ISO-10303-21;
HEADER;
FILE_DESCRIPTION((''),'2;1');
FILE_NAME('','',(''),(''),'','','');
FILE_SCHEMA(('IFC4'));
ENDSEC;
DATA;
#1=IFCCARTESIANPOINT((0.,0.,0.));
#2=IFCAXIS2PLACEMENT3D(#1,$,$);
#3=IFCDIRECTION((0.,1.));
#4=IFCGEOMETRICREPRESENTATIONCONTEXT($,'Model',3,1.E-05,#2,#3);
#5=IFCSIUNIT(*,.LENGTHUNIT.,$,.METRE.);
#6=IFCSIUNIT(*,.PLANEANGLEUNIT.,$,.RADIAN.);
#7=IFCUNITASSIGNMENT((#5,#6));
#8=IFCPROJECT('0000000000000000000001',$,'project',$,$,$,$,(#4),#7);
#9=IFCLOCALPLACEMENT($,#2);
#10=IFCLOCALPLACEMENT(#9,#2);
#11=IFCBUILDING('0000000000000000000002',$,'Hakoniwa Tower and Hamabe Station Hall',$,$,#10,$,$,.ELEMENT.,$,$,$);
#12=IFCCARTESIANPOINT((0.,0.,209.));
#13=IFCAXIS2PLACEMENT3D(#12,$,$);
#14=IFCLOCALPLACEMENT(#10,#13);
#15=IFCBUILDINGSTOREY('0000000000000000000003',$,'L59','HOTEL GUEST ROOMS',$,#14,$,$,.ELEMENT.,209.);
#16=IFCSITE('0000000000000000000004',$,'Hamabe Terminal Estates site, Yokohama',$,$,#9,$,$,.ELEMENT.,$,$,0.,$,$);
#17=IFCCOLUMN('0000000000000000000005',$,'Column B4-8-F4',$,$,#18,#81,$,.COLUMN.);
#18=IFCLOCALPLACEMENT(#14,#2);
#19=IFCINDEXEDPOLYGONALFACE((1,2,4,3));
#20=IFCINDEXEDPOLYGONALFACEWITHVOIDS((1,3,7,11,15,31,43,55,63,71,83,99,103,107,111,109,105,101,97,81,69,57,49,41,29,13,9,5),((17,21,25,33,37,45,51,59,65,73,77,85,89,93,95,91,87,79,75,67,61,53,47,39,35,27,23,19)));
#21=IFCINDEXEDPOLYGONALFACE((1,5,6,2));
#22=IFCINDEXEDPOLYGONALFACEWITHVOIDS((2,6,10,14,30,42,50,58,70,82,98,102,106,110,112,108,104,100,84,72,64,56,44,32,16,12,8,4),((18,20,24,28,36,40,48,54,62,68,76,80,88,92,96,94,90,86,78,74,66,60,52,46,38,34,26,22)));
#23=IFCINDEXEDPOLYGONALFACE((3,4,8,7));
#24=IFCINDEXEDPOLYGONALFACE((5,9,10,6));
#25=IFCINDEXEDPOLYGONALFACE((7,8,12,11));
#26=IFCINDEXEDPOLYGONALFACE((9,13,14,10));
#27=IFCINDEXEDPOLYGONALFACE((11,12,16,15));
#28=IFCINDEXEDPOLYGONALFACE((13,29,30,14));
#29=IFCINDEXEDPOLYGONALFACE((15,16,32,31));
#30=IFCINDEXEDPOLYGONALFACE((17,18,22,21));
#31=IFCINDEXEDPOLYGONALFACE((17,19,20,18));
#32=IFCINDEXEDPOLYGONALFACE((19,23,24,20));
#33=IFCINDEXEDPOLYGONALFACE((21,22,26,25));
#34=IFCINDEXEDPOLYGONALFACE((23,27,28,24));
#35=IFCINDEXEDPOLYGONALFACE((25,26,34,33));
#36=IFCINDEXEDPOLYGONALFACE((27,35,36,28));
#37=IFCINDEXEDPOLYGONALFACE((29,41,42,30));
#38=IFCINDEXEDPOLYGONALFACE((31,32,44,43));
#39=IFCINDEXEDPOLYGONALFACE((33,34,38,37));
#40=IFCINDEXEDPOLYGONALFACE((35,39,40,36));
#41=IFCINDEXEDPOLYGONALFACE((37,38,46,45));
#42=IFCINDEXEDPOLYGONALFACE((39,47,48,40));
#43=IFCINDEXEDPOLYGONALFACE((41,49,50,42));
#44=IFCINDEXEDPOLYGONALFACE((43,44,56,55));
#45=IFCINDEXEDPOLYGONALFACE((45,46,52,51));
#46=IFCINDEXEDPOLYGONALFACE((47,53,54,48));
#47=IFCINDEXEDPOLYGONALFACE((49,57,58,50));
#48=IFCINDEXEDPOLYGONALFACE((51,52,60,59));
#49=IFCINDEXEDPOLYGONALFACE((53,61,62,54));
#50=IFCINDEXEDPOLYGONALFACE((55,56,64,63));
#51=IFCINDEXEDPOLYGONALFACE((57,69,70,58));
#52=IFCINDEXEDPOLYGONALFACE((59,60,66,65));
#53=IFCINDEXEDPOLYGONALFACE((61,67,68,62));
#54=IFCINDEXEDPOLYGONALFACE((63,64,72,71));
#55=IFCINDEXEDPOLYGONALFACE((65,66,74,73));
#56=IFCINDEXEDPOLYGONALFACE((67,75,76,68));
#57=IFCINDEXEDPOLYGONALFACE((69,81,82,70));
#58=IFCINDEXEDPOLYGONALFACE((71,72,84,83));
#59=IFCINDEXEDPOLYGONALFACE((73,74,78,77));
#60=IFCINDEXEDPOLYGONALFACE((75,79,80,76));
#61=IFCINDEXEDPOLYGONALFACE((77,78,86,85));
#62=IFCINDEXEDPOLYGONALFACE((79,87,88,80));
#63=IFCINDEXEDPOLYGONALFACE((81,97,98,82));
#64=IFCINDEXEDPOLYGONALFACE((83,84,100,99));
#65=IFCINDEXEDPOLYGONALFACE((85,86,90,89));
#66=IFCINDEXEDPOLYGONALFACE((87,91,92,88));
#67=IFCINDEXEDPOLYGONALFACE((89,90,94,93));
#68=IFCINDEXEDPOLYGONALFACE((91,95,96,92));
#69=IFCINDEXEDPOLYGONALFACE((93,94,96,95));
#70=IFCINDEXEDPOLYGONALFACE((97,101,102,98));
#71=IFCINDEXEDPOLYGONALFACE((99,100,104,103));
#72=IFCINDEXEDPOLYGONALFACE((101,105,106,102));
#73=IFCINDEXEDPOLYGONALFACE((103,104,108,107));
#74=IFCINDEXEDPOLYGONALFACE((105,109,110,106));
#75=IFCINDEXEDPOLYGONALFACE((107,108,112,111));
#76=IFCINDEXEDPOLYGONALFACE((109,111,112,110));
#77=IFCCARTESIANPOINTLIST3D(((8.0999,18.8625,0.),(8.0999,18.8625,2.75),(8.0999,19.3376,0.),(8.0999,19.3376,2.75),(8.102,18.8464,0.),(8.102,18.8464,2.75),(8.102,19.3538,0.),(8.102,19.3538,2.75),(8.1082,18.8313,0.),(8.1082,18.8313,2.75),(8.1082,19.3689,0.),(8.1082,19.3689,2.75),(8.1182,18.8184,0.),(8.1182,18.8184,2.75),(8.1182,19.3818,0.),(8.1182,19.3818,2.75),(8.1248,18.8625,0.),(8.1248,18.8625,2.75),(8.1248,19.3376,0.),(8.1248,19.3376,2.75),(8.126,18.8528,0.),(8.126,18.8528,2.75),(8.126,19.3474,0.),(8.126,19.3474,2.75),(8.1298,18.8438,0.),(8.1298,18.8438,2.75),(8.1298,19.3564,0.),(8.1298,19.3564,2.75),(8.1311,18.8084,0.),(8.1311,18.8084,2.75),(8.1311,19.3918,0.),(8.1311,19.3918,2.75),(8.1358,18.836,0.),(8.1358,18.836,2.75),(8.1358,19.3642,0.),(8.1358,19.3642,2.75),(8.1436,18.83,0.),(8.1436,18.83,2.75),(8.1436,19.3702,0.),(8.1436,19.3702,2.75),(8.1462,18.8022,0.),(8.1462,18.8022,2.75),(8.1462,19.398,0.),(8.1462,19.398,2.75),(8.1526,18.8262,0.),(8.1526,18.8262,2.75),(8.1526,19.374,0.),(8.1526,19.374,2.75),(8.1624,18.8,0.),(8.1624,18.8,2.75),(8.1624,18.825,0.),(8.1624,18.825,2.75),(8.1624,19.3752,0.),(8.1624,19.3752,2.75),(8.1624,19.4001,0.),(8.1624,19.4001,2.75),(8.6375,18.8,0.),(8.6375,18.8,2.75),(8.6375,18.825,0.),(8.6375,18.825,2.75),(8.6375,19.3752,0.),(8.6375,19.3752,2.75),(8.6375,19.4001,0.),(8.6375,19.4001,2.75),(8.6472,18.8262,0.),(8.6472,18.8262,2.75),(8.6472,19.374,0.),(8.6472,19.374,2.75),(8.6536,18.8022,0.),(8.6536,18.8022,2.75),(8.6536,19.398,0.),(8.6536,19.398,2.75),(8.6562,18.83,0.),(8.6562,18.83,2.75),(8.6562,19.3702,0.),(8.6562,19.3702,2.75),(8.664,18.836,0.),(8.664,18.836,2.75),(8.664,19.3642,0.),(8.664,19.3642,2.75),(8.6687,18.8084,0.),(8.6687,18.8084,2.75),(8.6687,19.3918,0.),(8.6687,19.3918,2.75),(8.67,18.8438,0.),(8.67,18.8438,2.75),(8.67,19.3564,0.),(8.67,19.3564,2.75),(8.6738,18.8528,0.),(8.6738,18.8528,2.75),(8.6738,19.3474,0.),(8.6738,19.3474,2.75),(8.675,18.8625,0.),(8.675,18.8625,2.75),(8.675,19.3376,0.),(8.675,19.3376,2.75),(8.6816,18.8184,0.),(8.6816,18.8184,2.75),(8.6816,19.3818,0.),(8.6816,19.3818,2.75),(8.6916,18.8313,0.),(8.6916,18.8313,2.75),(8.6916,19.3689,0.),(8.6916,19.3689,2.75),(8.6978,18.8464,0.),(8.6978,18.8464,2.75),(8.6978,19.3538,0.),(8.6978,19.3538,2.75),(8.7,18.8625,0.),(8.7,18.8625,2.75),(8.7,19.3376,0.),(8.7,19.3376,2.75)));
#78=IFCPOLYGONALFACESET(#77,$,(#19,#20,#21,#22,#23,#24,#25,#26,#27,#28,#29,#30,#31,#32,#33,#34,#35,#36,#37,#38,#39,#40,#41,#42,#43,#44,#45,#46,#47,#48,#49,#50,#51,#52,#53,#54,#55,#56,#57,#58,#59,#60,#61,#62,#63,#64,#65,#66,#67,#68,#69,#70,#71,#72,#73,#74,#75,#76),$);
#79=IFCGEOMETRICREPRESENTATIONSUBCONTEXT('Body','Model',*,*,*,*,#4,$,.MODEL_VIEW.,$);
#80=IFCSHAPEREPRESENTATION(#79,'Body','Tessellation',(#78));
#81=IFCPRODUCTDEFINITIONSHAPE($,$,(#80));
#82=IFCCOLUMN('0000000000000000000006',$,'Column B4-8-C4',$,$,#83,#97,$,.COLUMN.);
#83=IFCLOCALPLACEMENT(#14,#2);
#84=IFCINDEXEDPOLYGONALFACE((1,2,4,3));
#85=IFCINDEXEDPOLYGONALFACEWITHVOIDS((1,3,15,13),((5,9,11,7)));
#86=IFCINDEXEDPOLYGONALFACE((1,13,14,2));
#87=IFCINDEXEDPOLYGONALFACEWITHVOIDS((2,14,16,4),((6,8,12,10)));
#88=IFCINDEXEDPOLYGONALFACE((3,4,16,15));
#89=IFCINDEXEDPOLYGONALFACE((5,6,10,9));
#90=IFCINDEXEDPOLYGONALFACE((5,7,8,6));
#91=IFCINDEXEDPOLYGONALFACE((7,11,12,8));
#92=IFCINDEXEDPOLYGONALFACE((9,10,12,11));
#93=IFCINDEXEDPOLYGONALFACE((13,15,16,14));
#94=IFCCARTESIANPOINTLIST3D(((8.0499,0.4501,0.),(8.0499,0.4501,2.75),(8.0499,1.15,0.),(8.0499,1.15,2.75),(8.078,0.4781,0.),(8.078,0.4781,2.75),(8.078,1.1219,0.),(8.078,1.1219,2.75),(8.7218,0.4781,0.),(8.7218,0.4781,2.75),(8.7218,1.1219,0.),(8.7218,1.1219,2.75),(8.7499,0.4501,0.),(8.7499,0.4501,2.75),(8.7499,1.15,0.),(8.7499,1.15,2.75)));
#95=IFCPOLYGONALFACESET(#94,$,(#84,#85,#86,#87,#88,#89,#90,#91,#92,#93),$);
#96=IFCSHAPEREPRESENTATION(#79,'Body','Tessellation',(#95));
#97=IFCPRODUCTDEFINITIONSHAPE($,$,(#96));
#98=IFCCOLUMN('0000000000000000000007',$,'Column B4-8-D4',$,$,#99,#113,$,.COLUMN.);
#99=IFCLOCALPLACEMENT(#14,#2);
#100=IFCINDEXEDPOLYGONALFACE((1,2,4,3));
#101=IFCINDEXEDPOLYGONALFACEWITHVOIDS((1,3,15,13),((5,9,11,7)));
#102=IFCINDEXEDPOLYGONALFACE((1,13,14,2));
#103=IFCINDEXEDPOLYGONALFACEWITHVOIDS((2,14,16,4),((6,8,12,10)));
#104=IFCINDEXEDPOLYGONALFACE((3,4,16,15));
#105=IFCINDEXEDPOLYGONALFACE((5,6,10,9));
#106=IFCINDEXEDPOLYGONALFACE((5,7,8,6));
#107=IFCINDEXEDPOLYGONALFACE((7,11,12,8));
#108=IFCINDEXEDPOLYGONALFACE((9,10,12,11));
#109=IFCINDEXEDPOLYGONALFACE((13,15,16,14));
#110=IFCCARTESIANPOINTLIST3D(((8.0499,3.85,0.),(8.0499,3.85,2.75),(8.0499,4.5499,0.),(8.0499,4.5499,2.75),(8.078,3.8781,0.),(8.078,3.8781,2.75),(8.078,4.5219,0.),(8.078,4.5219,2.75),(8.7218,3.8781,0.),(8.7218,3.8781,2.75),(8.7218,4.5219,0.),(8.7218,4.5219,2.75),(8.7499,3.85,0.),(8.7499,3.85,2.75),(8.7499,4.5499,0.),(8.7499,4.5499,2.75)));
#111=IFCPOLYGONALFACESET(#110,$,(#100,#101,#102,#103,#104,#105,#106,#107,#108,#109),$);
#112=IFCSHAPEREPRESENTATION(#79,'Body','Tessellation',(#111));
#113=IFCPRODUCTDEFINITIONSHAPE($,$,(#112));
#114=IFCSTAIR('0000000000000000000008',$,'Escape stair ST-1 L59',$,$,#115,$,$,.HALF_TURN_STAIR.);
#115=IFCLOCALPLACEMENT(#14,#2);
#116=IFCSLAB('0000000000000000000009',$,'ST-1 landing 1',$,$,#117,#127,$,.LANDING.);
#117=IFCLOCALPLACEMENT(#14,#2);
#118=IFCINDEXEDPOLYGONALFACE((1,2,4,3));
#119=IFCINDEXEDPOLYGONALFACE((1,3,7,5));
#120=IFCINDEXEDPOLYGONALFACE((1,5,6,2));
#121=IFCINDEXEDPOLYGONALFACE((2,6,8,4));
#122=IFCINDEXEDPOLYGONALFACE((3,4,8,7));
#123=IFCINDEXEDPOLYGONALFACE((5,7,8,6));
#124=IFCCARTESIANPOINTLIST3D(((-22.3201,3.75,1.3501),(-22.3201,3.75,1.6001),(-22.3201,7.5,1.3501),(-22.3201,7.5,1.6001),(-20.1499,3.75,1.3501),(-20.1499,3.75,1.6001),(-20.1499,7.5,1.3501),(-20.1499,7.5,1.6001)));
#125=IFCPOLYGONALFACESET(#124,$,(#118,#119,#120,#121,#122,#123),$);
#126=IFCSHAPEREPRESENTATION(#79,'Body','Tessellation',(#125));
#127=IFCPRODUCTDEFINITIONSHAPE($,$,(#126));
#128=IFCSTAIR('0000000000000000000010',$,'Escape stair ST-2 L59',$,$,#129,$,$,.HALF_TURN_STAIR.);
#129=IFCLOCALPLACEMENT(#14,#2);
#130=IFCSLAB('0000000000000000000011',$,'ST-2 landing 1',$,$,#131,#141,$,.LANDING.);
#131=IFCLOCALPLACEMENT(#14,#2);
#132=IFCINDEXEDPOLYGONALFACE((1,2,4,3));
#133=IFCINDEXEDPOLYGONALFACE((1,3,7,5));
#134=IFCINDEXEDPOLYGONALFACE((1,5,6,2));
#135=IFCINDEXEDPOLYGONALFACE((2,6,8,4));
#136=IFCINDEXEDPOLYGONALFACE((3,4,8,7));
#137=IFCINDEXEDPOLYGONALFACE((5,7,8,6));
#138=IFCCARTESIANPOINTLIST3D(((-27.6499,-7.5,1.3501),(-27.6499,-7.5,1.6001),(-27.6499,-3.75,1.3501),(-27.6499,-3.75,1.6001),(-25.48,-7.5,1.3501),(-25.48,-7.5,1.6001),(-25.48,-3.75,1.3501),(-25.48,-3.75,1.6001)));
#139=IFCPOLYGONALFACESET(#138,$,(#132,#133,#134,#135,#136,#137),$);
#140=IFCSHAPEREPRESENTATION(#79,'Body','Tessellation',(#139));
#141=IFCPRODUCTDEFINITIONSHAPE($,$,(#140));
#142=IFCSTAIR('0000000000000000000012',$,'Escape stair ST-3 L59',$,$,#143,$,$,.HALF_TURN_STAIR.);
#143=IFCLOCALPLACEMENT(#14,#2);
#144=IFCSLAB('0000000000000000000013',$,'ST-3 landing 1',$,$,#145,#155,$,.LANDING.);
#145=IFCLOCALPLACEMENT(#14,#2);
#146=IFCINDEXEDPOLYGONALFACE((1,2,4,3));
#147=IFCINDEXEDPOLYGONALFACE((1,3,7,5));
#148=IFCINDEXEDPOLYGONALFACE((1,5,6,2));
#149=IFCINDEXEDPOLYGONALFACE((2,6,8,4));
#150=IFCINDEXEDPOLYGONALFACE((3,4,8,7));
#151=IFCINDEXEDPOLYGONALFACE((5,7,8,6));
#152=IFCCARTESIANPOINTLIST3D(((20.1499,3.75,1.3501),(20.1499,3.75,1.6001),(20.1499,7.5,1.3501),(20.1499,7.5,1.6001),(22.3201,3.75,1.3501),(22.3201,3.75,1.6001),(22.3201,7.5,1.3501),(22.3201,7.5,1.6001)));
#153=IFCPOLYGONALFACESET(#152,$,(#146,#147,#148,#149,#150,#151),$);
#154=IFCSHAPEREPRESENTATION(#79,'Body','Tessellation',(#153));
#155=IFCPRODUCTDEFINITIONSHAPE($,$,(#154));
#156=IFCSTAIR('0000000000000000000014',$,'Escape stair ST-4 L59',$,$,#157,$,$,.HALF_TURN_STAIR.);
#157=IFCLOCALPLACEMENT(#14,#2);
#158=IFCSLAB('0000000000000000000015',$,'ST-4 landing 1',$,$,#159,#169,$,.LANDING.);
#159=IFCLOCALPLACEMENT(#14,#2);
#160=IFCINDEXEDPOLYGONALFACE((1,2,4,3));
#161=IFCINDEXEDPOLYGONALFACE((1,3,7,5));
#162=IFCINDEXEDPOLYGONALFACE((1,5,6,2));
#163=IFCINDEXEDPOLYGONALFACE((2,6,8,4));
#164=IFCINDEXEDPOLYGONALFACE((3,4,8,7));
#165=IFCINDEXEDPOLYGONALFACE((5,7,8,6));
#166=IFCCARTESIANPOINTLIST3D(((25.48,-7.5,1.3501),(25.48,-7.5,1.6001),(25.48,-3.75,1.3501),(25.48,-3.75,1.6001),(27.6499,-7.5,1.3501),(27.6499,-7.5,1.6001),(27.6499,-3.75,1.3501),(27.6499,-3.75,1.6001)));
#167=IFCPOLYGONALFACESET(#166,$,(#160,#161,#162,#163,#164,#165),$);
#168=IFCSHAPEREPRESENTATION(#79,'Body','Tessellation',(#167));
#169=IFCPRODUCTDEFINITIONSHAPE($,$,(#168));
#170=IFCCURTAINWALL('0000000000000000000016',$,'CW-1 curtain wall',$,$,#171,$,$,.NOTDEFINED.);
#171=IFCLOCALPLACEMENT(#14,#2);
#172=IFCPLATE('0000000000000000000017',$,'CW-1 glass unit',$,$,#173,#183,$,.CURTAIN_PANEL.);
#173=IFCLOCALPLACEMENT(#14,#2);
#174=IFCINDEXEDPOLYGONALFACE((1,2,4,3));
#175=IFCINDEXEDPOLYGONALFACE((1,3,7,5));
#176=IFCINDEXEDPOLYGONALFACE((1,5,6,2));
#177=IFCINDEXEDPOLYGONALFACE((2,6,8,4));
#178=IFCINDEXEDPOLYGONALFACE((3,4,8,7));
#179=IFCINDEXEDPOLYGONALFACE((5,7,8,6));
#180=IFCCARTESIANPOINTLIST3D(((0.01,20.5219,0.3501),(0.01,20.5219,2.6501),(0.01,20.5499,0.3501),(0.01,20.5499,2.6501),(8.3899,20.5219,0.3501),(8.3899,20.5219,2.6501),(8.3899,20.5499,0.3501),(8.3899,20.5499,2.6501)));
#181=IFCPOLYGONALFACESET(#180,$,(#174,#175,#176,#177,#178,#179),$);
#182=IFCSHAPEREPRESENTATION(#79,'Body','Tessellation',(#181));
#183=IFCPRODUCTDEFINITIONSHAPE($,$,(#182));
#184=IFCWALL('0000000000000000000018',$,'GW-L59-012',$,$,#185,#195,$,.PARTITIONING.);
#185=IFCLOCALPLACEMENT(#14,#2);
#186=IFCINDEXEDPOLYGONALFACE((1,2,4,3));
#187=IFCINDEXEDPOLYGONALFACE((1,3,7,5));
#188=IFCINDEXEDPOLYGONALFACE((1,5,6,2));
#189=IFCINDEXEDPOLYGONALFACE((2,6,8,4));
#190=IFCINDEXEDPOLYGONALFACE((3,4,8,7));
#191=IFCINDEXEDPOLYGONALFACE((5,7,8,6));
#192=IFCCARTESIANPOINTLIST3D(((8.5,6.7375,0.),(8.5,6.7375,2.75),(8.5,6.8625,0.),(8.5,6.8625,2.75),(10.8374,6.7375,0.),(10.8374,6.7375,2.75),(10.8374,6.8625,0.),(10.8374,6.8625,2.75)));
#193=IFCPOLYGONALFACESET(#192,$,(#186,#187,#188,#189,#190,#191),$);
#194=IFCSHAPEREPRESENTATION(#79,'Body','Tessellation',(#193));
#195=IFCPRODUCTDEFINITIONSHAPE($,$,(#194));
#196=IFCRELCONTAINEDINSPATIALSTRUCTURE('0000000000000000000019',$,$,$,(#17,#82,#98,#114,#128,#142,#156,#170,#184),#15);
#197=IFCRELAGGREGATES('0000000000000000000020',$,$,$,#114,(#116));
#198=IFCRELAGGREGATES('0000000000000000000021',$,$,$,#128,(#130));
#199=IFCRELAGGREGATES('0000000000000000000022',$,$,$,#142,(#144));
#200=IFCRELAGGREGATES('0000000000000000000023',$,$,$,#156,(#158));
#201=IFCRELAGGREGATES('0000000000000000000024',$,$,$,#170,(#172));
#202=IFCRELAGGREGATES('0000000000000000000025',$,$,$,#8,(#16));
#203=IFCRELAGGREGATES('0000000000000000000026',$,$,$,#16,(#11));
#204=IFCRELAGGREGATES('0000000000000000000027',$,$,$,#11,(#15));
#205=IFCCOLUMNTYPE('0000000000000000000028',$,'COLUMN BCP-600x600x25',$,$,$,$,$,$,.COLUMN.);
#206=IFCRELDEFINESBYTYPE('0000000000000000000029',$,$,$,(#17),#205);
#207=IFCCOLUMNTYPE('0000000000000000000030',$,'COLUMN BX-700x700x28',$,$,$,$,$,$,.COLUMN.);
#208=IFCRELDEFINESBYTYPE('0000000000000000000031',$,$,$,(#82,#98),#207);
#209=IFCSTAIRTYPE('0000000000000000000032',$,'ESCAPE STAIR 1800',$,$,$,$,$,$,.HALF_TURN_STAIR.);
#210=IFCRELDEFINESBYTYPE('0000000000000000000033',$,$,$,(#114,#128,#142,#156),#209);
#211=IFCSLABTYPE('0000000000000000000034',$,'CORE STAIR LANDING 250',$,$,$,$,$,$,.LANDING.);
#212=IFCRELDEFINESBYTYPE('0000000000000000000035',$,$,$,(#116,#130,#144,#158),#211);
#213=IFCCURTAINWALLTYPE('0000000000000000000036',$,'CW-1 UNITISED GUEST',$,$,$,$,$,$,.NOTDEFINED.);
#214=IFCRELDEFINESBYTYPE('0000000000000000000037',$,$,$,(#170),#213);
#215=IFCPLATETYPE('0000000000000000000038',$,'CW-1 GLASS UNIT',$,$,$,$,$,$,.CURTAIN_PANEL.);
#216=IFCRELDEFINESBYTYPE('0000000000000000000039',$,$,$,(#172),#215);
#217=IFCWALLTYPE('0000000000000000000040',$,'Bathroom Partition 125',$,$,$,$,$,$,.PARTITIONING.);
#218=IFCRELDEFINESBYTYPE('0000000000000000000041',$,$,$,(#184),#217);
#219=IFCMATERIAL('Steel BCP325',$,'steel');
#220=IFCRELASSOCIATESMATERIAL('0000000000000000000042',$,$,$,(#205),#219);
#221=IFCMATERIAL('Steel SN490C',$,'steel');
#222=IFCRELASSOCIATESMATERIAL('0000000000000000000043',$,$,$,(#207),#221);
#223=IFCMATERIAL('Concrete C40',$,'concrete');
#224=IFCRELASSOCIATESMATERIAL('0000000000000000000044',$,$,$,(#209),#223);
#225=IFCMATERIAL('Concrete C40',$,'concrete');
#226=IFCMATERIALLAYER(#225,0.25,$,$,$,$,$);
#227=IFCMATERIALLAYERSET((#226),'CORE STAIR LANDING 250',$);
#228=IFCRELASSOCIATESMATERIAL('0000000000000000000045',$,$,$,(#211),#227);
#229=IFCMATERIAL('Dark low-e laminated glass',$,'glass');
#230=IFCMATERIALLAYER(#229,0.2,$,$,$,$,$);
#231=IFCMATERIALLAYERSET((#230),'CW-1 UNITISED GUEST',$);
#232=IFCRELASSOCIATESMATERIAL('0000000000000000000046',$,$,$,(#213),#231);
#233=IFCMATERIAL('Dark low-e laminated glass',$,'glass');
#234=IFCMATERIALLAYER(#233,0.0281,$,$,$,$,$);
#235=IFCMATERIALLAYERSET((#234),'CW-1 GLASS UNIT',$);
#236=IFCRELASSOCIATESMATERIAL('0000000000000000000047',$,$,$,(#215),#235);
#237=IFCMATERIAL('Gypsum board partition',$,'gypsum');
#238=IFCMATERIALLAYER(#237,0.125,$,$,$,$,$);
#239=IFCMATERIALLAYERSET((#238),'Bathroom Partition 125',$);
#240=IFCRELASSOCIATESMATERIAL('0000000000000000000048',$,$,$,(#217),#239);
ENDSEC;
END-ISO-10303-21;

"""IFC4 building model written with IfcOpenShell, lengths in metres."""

from ifc_helpers import new_model, si_unit, direction, frame, frame_2d, origin, origin_2d, place, context, subcontext, project, spatial, polyline, rectangle, hollow_rectangle, outline, extrude, material, layer, layer_set, material_profile, profile_set, type_object, element, aggregate, save


model = new_model("IFC4")

# Units and contexts
model_context = context("Model", 3, precision=1e-05, world=origin(), true_north=direction((0.0, 1.0)))
body_context = subcontext(model_context, "Body", "Model", "MODEL_VIEW")
ifc_project = project(units=[si_unit("LENGTHUNIT", "METRE"), si_unit("PLANEANGLEUNIT", "RADIAN")], contexts=[model_context])

# Site, building, storey
site_placement = place(None, origin())
site = spatial("IfcSite", under=ifc_project, at=site_placement, Name="Hamabe Terminal Estates site, Yokohama", CompositionType="ELEMENT", RefElevation=0.0)
building_placement = place(site_placement, origin())
building = spatial("IfcBuilding", under=site, at=building_placement, Name="Hakoniwa Tower and Hamabe Station Hall", CompositionType="ELEMENT")
storey_placement = place(building_placement, frame((0.0, 0.0, 209.0)))
storey = spatial("IfcBuildingStorey", under=building, at=storey_placement, Name="L59", Description="HOTEL GUEST ROOMS", CompositionType="ELEMENT", Elevation=209.0)

# Columns
ifc_material_1 = material(Name="Steel BCP325", Category="steel")
ifc_material_profile_1 = material_profile(ifc_material_1, hollow_rectangle(XDim=0.6001, YDim=0.6001, WallThickness=0.0249, InnerFilletRadius=0.0376, OuterFilletRadius=0.0625, at=origin_2d()), Name="BCP-600x600x25")
ifc_profile_set_1 = profile_set([ifc_material_profile_1], Name="Steel BCP325")
column_type_1 = type_object("IfcColumnType", Name="COLUMN BCP-600x600x25", PredefinedType="COLUMN", material=ifc_profile_set_1)
column_placement = place(storey_placement, frame((8.3999, 19.1001, 0.0), z_axis=(0.0, 0.0, 1.0), x_axis=(1.0, 0.0, 0.0)))
element("IfcColumn", 1, at=column_placement, inside=storey, type_object=column_type_1, Name="Column B4-8-F4", PredefinedType="COLUMN", context=body_context, shape_type="SweptSolid", body=[
    extrude(hollow_rectangle(XDim=0.6001, YDim=0.6001, WallThickness=0.0249, InnerFilletRadius=0.0376, OuterFilletRadius=0.0625, at=origin_2d()), origin(), (0.0, 0.0, 1.0), 2.75),
])
ifc_material_2 = material(Name="Steel SN490C", Category="steel")
ifc_material_profile_2 = material_profile(ifc_material_2, hollow_rectangle(XDim=0.7, YDim=0.7, WallThickness=0.0281, at=origin_2d()), Name="BX-700x700x28")
ifc_profile_set_2 = profile_set([ifc_material_profile_2], Name="Steel SN490C")
column_type_2 = type_object("IfcColumnType", Name="COLUMN BX-700x700x28", PredefinedType="COLUMN", material=ifc_profile_set_2)
for number, where, z_axis, x_axis, name in (
    (2, (8.3999, 0.8, 0.0), (0.0, 0.0, 1.0), (1.0, 0.0, 0.0), "Column B4-8-C4"),
    (3, (8.3999, 4.2, 0.0), (0.0, 0.0, 1.0), (1.0, 0.0, 0.0), "Column B4-8-D4"),
):
    element("IfcColumn", number, at=place(storey_placement, frame(where, z_axis=z_axis, x_axis=x_axis)), inside=storey, type_object=column_type_2, Name=name, PredefinedType="COLUMN", context=body_context, shape_type="SweptSolid", body=[
        extrude(hollow_rectangle(XDim=0.7, YDim=0.7, WallThickness=0.0281, at=origin_2d()), origin(), (0.0, 0.0, 1.0), 2.75),
    ])

# Stairs, slabs
ifc_material_3 = material(Name="Concrete C40", Category="concrete")
stair_type = type_object("IfcStairType", Name="ESCAPE STAIR 1800", PredefinedType="HALF_TURN_STAIR", material=ifc_material_3)
stair_1_placement = place(storey_placement, origin())
stair_1 = element("IfcStair", 4, at=stair_1_placement, inside=storey, type_object=stair_type, Name="Escape stair ST-1 L59", PredefinedType="HALF_TURN_STAIR")
ifc_material_4 = material(Name="Concrete C40", Category="concrete")
ifc_layer_1 = layer(ifc_material_4, 0.25)
ifc_layer_set_1 = layer_set([ifc_layer_1], Name="CORE STAIR LANDING 250")
slab_type = type_object("IfcSlabType", Name="CORE STAIR LANDING 250", PredefinedType="LANDING", material=ifc_layer_set_1)
slab_1_placement = place(storey_placement, frame((0.0, 0.0, 1.3501)))
slab_1 = element("IfcSlab", 5, at=slab_1_placement, type_object=slab_type, Name="ST-1 landing 1", PredefinedType="LANDING", context=body_context, shape_type="SweptSolid", body=[
    extrude(outline(polyline([(-22.3201, 3.75), (-20.1499, 3.75), (-20.1499, 7.5), (-22.3201, 7.5), (-22.3201, 3.75)])), origin(), (0.0, 0.0, 1.0), 0.25),
])
aggregate(stair_1, [slab_1])
stair_2_placement = place(storey_placement, origin())
stair_2 = element("IfcStair", 6, at=stair_2_placement, inside=storey, type_object=stair_type, Name="Escape stair ST-2 L59", PredefinedType="HALF_TURN_STAIR")
slab_2_placement = place(storey_placement, frame((0.0, 0.0, 1.3501)))
slab_2 = element("IfcSlab", 7, at=slab_2_placement, type_object=slab_type, Name="ST-2 landing 1", PredefinedType="LANDING", context=body_context, shape_type="SweptSolid", body=[
    extrude(outline(polyline([(-25.48, -7.5), (-27.6499, -7.5), (-27.6499, -3.75), (-25.48, -3.75), (-25.48, -7.5)])), origin(), (0.0, 0.0, 1.0), 0.25),
])
aggregate(stair_2, [slab_2])
stair_3_placement = place(storey_placement, origin())
stair_3 = element("IfcStair", 8, at=stair_3_placement, inside=storey, type_object=stair_type, Name="Escape stair ST-3 L59", PredefinedType="HALF_TURN_STAIR")
slab_3_placement = place(storey_placement, frame((0.0, 0.0, 1.3501)))
slab_3 = element("IfcSlab", 9, at=slab_3_placement, type_object=slab_type, Name="ST-3 landing 1", PredefinedType="LANDING", context=body_context, shape_type="SweptSolid", body=[
    extrude(outline(polyline([(22.3201, 3.75), (20.1499, 3.75), (20.1499, 7.5), (22.3201, 7.5), (22.3201, 3.75)])), origin(), (0.0, 0.0, 1.0), 0.25),
])
aggregate(stair_3, [slab_3])
stair_4_placement = place(storey_placement, origin())
stair_4 = element("IfcStair", 10, at=stair_4_placement, inside=storey, type_object=stair_type, Name="Escape stair ST-4 L59", PredefinedType="HALF_TURN_STAIR")
slab_4_placement = place(storey_placement, frame((0.0, 0.0, 1.3501)))
slab_4 = element("IfcSlab", 11, at=slab_4_placement, type_object=slab_type, Name="ST-4 landing 1", PredefinedType="LANDING", context=body_context, shape_type="SweptSolid", body=[
    extrude(outline(polyline([(25.48, -7.5), (27.6499, -7.5), (27.6499, -3.75), (25.48, -3.75), (25.48, -7.5)])), origin(), (0.0, 0.0, 1.0), 0.25),
])
aggregate(stair_4, [slab_4])

# Curtain wall, plate
ifc_material_5 = material(Name="Dark low-e laminated glass", Category="glass")
ifc_layer_2 = layer(ifc_material_5, 0.2)
ifc_layer_set_2 = layer_set([ifc_layer_2], Name="CW-1 UNITISED GUEST")
curtain_wall_type = type_object("IfcCurtainWallType", Name="CW-1 UNITISED GUEST", PredefinedType="NOTDEFINED", material=ifc_layer_set_2)
curtain_wall_placement = place(storey_placement, origin())
curtain_wall = element("IfcCurtainWall", 12, at=curtain_wall_placement, inside=storey, type_object=curtain_wall_type, Name="CW-1 curtain wall", PredefinedType="NOTDEFINED")
ifc_material_6 = material(Name="Dark low-e laminated glass", Category="glass")
ifc_layer_3 = layer(ifc_material_6, 0.0281)
ifc_layer_set_3 = layer_set([ifc_layer_3], Name="CW-1 GLASS UNIT")
plate_type = type_object("IfcPlateType", Name="CW-1 GLASS UNIT", PredefinedType="CURTAIN_PANEL", material=ifc_layer_set_3)
plate_placement = place(storey_placement, frame((4.2, 20.5359, 0.3501), z_axis=(0.0, 0.0, 1.0), x_axis=(-1.0, 0.0, 0.0)))
plate = element("IfcPlate", 13, at=plate_placement, type_object=plate_type, Name="CW-1 glass unit", PredefinedType="CURTAIN_PANEL", context=body_context, shape_type="SweptSolid", body=[
    extrude(rectangle(XDim=8.3799, YDim=0.0281, at=origin_2d()), origin(), (0.0, 0.0, 1.0), 2.3),
])
aggregate(curtain_wall, [plate])

# Wall
ifc_material_7 = material(Name="Gypsum board partition", Category="gypsum")
ifc_layer_4 = layer(ifc_material_7, 0.125)
ifc_layer_set_4 = layer_set([ifc_layer_4], Name="Bathroom Partition 125")
wall_type_1 = type_object("IfcWallType", Name="Bathroom Partition 125", PredefinedType="PARTITIONING", material=ifc_layer_set_4)
wall_1_placement = place(storey_placement, frame((8.5, 6.8, 0.0), z_axis=(0.0, 0.0, 1.0), x_axis=(1.0, 0.0, 0.0)))
element("IfcWall", 14, at=wall_1_placement, inside=storey, type_object=wall_type_1, Name="GW-L59-012", PredefinedType="PARTITIONING", context=body_context, shape_type="SweptSolid", body=[
    extrude(rectangle(XDim=2.3374, YDim=0.125, at=frame_2d((1.1687, 0.0))), origin(), (0.0, 0.0, 1.0), 2.75),
])

save(model, "model.ifc")
